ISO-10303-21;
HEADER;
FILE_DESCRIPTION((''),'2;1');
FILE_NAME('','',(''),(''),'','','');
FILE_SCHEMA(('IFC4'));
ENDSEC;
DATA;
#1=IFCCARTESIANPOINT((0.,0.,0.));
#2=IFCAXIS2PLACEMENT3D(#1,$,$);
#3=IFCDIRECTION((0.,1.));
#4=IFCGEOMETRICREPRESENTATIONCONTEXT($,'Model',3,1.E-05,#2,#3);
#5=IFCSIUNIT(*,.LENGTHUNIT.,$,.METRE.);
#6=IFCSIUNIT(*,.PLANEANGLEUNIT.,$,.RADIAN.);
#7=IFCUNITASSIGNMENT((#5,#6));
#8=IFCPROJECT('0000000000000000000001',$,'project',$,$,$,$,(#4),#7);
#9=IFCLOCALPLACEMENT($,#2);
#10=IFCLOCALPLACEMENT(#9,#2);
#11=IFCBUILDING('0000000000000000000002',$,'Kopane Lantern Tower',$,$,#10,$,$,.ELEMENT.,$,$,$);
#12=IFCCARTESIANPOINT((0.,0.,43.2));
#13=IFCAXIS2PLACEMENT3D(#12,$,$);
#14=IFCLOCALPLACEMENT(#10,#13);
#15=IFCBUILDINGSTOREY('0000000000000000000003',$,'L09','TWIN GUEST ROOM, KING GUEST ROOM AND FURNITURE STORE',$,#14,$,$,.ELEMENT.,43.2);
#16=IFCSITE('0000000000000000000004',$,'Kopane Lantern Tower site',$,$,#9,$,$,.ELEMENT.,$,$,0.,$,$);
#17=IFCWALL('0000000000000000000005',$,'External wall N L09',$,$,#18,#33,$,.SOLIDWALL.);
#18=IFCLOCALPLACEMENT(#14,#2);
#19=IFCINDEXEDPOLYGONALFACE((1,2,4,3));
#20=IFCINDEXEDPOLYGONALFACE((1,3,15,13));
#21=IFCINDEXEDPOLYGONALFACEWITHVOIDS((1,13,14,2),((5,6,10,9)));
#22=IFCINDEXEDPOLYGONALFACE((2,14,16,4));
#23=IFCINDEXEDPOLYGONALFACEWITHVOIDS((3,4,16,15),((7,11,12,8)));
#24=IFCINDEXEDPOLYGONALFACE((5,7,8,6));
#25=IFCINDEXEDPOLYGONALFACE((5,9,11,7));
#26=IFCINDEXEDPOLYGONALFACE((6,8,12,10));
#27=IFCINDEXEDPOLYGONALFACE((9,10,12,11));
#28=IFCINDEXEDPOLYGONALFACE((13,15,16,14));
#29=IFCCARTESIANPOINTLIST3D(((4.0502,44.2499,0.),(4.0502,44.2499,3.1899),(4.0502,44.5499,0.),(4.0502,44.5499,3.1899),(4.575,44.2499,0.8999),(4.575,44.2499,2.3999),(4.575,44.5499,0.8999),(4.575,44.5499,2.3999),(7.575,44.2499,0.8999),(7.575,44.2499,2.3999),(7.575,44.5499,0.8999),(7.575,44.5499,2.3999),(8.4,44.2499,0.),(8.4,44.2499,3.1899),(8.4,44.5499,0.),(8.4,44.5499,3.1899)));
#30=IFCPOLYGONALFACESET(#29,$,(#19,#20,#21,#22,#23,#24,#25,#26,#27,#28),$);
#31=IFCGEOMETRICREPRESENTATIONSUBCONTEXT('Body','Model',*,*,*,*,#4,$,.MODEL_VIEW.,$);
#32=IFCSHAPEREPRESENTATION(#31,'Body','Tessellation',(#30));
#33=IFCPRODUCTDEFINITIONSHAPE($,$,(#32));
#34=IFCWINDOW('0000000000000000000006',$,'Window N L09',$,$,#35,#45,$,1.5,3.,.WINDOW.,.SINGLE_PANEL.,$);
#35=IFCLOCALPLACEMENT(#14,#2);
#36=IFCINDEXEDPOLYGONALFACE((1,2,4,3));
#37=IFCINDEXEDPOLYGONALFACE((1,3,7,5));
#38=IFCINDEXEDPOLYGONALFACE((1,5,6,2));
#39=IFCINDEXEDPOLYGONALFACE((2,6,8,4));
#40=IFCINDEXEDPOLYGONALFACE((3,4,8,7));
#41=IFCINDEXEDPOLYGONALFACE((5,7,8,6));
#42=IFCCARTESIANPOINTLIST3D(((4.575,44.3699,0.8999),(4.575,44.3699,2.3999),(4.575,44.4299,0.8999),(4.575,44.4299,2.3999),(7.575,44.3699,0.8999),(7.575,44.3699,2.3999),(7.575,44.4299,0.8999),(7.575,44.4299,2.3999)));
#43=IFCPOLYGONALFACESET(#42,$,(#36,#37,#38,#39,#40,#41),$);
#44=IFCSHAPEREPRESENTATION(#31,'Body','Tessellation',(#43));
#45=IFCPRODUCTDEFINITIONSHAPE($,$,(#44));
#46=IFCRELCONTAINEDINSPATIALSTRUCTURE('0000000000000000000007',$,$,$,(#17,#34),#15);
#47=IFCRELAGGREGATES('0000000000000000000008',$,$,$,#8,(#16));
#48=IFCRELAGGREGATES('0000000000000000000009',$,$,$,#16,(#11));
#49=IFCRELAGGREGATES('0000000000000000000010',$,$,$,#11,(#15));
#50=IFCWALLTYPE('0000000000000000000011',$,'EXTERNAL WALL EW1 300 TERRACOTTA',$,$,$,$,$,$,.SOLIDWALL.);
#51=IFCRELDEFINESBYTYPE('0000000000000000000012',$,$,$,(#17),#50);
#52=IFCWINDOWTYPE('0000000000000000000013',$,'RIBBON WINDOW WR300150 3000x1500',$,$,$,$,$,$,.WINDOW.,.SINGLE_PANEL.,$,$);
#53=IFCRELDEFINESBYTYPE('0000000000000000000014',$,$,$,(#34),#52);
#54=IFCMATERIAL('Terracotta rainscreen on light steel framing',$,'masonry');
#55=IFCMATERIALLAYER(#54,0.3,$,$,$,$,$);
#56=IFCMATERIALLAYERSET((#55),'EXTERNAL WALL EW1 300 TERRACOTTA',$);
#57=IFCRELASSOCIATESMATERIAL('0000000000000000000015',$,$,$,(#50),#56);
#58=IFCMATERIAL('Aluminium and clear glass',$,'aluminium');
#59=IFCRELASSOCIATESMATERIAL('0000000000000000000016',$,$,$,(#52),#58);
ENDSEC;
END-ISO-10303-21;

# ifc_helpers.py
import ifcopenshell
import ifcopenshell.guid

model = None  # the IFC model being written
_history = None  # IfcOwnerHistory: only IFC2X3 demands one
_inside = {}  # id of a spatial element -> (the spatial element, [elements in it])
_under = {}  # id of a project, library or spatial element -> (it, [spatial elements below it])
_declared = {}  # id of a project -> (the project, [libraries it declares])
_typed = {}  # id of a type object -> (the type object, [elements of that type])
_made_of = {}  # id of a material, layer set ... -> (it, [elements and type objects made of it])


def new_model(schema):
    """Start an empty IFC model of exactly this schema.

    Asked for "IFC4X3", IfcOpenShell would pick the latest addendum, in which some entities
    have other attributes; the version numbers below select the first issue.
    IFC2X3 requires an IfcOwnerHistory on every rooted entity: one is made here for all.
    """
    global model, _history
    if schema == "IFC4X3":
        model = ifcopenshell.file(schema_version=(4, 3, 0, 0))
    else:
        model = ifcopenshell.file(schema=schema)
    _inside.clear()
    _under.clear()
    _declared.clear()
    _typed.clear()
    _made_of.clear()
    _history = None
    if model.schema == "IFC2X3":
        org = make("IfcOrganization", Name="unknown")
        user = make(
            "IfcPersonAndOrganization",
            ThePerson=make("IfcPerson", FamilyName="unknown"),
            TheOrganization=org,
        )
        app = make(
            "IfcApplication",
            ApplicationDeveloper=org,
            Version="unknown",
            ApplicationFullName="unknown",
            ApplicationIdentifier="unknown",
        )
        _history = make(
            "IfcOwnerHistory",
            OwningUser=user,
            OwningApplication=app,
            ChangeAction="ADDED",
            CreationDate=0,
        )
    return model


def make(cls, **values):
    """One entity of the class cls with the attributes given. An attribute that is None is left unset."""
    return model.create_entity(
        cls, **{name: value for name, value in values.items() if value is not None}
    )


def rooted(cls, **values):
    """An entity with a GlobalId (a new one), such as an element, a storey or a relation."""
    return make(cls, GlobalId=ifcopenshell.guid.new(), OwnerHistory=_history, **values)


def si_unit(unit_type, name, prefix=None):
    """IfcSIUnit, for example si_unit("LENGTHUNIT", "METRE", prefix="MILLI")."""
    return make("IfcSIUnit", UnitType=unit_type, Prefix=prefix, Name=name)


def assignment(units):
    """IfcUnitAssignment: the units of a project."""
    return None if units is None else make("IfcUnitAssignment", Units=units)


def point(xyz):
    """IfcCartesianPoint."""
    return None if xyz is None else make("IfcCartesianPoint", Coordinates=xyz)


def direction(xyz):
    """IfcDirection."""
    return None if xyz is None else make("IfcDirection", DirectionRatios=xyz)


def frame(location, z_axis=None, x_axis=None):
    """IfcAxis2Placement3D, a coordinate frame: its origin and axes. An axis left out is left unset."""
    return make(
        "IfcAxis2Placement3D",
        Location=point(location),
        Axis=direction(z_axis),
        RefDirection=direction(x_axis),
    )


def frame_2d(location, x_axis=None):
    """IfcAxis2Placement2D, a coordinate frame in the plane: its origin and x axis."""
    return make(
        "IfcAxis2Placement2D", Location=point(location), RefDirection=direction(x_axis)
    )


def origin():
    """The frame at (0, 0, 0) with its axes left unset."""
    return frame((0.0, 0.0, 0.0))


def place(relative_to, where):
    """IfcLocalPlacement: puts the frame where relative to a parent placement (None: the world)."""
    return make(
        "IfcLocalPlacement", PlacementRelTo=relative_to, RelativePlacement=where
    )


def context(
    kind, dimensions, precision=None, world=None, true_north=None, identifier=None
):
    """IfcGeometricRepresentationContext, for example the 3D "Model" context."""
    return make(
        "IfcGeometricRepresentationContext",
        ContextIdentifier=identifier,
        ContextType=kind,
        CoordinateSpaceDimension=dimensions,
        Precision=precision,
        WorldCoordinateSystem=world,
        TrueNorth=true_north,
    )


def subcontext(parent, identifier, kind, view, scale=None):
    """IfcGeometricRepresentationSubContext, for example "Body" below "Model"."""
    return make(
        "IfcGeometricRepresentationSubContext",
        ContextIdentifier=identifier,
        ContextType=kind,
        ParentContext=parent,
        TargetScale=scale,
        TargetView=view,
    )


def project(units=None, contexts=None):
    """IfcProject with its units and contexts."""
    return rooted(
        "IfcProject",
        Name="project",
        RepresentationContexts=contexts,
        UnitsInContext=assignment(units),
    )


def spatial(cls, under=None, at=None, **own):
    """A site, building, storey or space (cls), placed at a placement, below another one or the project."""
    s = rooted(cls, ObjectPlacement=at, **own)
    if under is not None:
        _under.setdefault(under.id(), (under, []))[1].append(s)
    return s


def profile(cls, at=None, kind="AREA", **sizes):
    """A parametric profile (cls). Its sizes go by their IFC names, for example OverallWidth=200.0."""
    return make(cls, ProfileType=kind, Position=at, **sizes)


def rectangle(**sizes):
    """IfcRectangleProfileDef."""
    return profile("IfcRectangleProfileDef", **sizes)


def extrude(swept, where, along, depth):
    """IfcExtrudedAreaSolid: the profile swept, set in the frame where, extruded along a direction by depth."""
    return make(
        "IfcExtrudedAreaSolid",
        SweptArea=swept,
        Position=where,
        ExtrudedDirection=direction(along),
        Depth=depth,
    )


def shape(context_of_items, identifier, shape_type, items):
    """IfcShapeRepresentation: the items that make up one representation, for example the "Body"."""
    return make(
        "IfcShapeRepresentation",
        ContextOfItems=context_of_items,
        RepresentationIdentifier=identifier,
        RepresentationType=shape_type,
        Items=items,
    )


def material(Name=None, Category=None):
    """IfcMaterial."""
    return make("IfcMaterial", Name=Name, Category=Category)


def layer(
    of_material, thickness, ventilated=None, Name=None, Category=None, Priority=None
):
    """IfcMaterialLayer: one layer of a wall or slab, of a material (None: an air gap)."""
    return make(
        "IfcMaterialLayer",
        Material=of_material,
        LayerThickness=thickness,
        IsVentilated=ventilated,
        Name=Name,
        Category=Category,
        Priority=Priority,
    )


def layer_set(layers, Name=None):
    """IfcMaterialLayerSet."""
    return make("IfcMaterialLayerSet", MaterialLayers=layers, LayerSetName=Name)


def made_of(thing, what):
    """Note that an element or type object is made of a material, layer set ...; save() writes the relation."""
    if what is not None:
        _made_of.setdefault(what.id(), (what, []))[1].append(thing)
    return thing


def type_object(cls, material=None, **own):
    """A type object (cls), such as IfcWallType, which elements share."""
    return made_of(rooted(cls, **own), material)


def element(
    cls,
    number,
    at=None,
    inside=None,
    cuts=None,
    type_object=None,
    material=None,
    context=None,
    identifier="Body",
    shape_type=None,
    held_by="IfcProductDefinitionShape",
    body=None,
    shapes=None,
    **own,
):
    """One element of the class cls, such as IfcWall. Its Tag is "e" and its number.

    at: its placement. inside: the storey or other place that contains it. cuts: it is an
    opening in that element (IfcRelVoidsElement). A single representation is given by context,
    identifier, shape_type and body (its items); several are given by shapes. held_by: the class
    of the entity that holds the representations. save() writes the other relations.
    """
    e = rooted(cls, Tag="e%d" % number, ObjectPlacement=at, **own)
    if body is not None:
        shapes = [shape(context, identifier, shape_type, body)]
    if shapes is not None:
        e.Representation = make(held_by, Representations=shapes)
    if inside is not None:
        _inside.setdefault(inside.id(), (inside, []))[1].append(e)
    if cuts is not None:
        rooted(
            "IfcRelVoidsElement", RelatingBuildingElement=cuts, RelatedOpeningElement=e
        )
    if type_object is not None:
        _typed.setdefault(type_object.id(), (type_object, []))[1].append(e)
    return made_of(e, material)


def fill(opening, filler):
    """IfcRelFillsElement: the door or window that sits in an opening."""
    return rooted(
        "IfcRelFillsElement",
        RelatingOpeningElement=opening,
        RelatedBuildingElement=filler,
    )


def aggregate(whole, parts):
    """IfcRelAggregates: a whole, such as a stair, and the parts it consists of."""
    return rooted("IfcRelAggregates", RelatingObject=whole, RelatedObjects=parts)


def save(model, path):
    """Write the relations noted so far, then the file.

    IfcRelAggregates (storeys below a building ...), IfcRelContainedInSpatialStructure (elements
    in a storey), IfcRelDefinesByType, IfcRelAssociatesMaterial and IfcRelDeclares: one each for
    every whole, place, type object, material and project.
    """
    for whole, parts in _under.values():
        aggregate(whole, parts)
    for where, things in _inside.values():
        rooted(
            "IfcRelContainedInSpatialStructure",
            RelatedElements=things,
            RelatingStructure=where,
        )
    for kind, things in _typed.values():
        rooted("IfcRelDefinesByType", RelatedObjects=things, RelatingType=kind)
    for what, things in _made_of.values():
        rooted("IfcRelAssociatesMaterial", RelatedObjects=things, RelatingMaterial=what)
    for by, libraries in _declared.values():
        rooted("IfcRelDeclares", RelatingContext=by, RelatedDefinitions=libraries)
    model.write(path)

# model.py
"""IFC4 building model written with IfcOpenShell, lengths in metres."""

from ifc_helpers import new_model, si_unit, direction, frame, frame_2d, origin, place, context, subcontext, project, spatial, rectangle, extrude, material, layer, layer_set, type_object, element, fill, save


model = new_model("IFC4")

# Units and contexts
model_context = context("Model", 3, precision=1e-05, world=origin(), true_north=direction((0.0, 1.0)))
body_context = subcontext(model_context, "Body", "Model", "MODEL_VIEW")
ifc_project = project(units=[si_unit("LENGTHUNIT", "METRE"), si_unit("PLANEANGLEUNIT", "RADIAN")], contexts=[model_context])

# Site, building, storey
site_placement = place(None, origin())
site = spatial("IfcSite", under=ifc_project, at=site_placement, Name="Kopane Lantern Tower site", CompositionType="ELEMENT", RefElevation=0.0)
building_placement = place(site_placement, origin())
building = spatial("IfcBuilding", under=site, at=building_placement, Name="Kopane Lantern Tower", CompositionType="ELEMENT")
storey_placement = place(building_placement, frame((0.0, 0.0, 43.2)))
storey = spatial("IfcBuildingStorey", under=building, at=storey_placement, Name="L09", Description="TWIN GUEST ROOM, KING GUEST ROOM AND FURNITURE STORE", CompositionType="ELEMENT", Elevation=43.2)

# Wall, opening, window
ifc_material_1 = material(Name="Terracotta rainscreen on light steel framing", Category="masonry")
ifc_layer_1 = layer(ifc_material_1, 0.3)
ifc_layer_set_1 = layer_set([ifc_layer_1], Name="EXTERNAL WALL EW1 300 TERRACOTTA")
wall_type_1 = type_object("IfcWallType", Name="EXTERNAL WALL EW1 300 TERRACOTTA", PredefinedType="SOLIDWALL", material=ifc_layer_set_1)
ifc_material_2 = material(Name="Aluminium and clear glass", Category="aluminium")
window_type = type_object("IfcWindowType", Name="RIBBON WINDOW WR300150 3000x1500", PartitioningType="SINGLE_PANEL", PredefinedType="WINDOW", material=ifc_material_2)
wall_1_placement = place(storey_placement, frame((8.3999, 44.3999, 0.0), z_axis=(0.0, 0.0, 1.0), x_axis=(-1.0, 0.0, 0.0)))
wall_1 = element("IfcWall", 1, at=wall_1_placement, inside=storey, type_object=wall_type_1, Name="External wall N L09", PredefinedType="SOLIDWALL", context=body_context, shape_type="SweptSolid", body=[
    extrude(rectangle(XDim=4.3499, YDim=0.3, at=frame_2d((2.1748, 0.0))), origin(), (0.0, 0.0, 1.0), 3.1899),
])
opening_1_placement = place(wall_1_placement, frame((0.825, 0.0, 0.8999)))
opening_1 = element("IfcOpeningElement", 2, at=opening_1_placement, cuts=wall_1, PredefinedType="OPENING", context=body_context, shape_type="SweptSolid", body=[
    extrude(rectangle(XDim=3.0, YDim=1.5, at=frame_2d((1.5, 0.75))), frame((0.0, 0.1599, 0.0), z_axis=(0.0, -1.0, 0.0), x_axis=(1.0, 0.0, 0.0)), (0.0, 0.0, 1.0), 0.3201),
])
window_1_placement = place(opening_1_placement, origin())
window_1 = element("IfcWindow", 3, at=window_1_placement, inside=storey, type_object=window_type, Name="Window N L09", OverallHeight=1.5, OverallWidth=3.0, PartitioningType="SINGLE_PANEL", PredefinedType="WINDOW", context=body_context, shape_type="SweptSolid", body=[
    extrude(rectangle(XDim=3.0, YDim=1.5, at=frame_2d((1.5, 0.75))), frame((0.0, 0.03, 0.0), z_axis=(0.0, -1.0, 0.0), x_axis=(1.0, 0.0, 0.0)), (0.0, 0.0, 1.0), 0.0601),
])
fill(opening_1, window_1)

save(model, "model.ifc")
